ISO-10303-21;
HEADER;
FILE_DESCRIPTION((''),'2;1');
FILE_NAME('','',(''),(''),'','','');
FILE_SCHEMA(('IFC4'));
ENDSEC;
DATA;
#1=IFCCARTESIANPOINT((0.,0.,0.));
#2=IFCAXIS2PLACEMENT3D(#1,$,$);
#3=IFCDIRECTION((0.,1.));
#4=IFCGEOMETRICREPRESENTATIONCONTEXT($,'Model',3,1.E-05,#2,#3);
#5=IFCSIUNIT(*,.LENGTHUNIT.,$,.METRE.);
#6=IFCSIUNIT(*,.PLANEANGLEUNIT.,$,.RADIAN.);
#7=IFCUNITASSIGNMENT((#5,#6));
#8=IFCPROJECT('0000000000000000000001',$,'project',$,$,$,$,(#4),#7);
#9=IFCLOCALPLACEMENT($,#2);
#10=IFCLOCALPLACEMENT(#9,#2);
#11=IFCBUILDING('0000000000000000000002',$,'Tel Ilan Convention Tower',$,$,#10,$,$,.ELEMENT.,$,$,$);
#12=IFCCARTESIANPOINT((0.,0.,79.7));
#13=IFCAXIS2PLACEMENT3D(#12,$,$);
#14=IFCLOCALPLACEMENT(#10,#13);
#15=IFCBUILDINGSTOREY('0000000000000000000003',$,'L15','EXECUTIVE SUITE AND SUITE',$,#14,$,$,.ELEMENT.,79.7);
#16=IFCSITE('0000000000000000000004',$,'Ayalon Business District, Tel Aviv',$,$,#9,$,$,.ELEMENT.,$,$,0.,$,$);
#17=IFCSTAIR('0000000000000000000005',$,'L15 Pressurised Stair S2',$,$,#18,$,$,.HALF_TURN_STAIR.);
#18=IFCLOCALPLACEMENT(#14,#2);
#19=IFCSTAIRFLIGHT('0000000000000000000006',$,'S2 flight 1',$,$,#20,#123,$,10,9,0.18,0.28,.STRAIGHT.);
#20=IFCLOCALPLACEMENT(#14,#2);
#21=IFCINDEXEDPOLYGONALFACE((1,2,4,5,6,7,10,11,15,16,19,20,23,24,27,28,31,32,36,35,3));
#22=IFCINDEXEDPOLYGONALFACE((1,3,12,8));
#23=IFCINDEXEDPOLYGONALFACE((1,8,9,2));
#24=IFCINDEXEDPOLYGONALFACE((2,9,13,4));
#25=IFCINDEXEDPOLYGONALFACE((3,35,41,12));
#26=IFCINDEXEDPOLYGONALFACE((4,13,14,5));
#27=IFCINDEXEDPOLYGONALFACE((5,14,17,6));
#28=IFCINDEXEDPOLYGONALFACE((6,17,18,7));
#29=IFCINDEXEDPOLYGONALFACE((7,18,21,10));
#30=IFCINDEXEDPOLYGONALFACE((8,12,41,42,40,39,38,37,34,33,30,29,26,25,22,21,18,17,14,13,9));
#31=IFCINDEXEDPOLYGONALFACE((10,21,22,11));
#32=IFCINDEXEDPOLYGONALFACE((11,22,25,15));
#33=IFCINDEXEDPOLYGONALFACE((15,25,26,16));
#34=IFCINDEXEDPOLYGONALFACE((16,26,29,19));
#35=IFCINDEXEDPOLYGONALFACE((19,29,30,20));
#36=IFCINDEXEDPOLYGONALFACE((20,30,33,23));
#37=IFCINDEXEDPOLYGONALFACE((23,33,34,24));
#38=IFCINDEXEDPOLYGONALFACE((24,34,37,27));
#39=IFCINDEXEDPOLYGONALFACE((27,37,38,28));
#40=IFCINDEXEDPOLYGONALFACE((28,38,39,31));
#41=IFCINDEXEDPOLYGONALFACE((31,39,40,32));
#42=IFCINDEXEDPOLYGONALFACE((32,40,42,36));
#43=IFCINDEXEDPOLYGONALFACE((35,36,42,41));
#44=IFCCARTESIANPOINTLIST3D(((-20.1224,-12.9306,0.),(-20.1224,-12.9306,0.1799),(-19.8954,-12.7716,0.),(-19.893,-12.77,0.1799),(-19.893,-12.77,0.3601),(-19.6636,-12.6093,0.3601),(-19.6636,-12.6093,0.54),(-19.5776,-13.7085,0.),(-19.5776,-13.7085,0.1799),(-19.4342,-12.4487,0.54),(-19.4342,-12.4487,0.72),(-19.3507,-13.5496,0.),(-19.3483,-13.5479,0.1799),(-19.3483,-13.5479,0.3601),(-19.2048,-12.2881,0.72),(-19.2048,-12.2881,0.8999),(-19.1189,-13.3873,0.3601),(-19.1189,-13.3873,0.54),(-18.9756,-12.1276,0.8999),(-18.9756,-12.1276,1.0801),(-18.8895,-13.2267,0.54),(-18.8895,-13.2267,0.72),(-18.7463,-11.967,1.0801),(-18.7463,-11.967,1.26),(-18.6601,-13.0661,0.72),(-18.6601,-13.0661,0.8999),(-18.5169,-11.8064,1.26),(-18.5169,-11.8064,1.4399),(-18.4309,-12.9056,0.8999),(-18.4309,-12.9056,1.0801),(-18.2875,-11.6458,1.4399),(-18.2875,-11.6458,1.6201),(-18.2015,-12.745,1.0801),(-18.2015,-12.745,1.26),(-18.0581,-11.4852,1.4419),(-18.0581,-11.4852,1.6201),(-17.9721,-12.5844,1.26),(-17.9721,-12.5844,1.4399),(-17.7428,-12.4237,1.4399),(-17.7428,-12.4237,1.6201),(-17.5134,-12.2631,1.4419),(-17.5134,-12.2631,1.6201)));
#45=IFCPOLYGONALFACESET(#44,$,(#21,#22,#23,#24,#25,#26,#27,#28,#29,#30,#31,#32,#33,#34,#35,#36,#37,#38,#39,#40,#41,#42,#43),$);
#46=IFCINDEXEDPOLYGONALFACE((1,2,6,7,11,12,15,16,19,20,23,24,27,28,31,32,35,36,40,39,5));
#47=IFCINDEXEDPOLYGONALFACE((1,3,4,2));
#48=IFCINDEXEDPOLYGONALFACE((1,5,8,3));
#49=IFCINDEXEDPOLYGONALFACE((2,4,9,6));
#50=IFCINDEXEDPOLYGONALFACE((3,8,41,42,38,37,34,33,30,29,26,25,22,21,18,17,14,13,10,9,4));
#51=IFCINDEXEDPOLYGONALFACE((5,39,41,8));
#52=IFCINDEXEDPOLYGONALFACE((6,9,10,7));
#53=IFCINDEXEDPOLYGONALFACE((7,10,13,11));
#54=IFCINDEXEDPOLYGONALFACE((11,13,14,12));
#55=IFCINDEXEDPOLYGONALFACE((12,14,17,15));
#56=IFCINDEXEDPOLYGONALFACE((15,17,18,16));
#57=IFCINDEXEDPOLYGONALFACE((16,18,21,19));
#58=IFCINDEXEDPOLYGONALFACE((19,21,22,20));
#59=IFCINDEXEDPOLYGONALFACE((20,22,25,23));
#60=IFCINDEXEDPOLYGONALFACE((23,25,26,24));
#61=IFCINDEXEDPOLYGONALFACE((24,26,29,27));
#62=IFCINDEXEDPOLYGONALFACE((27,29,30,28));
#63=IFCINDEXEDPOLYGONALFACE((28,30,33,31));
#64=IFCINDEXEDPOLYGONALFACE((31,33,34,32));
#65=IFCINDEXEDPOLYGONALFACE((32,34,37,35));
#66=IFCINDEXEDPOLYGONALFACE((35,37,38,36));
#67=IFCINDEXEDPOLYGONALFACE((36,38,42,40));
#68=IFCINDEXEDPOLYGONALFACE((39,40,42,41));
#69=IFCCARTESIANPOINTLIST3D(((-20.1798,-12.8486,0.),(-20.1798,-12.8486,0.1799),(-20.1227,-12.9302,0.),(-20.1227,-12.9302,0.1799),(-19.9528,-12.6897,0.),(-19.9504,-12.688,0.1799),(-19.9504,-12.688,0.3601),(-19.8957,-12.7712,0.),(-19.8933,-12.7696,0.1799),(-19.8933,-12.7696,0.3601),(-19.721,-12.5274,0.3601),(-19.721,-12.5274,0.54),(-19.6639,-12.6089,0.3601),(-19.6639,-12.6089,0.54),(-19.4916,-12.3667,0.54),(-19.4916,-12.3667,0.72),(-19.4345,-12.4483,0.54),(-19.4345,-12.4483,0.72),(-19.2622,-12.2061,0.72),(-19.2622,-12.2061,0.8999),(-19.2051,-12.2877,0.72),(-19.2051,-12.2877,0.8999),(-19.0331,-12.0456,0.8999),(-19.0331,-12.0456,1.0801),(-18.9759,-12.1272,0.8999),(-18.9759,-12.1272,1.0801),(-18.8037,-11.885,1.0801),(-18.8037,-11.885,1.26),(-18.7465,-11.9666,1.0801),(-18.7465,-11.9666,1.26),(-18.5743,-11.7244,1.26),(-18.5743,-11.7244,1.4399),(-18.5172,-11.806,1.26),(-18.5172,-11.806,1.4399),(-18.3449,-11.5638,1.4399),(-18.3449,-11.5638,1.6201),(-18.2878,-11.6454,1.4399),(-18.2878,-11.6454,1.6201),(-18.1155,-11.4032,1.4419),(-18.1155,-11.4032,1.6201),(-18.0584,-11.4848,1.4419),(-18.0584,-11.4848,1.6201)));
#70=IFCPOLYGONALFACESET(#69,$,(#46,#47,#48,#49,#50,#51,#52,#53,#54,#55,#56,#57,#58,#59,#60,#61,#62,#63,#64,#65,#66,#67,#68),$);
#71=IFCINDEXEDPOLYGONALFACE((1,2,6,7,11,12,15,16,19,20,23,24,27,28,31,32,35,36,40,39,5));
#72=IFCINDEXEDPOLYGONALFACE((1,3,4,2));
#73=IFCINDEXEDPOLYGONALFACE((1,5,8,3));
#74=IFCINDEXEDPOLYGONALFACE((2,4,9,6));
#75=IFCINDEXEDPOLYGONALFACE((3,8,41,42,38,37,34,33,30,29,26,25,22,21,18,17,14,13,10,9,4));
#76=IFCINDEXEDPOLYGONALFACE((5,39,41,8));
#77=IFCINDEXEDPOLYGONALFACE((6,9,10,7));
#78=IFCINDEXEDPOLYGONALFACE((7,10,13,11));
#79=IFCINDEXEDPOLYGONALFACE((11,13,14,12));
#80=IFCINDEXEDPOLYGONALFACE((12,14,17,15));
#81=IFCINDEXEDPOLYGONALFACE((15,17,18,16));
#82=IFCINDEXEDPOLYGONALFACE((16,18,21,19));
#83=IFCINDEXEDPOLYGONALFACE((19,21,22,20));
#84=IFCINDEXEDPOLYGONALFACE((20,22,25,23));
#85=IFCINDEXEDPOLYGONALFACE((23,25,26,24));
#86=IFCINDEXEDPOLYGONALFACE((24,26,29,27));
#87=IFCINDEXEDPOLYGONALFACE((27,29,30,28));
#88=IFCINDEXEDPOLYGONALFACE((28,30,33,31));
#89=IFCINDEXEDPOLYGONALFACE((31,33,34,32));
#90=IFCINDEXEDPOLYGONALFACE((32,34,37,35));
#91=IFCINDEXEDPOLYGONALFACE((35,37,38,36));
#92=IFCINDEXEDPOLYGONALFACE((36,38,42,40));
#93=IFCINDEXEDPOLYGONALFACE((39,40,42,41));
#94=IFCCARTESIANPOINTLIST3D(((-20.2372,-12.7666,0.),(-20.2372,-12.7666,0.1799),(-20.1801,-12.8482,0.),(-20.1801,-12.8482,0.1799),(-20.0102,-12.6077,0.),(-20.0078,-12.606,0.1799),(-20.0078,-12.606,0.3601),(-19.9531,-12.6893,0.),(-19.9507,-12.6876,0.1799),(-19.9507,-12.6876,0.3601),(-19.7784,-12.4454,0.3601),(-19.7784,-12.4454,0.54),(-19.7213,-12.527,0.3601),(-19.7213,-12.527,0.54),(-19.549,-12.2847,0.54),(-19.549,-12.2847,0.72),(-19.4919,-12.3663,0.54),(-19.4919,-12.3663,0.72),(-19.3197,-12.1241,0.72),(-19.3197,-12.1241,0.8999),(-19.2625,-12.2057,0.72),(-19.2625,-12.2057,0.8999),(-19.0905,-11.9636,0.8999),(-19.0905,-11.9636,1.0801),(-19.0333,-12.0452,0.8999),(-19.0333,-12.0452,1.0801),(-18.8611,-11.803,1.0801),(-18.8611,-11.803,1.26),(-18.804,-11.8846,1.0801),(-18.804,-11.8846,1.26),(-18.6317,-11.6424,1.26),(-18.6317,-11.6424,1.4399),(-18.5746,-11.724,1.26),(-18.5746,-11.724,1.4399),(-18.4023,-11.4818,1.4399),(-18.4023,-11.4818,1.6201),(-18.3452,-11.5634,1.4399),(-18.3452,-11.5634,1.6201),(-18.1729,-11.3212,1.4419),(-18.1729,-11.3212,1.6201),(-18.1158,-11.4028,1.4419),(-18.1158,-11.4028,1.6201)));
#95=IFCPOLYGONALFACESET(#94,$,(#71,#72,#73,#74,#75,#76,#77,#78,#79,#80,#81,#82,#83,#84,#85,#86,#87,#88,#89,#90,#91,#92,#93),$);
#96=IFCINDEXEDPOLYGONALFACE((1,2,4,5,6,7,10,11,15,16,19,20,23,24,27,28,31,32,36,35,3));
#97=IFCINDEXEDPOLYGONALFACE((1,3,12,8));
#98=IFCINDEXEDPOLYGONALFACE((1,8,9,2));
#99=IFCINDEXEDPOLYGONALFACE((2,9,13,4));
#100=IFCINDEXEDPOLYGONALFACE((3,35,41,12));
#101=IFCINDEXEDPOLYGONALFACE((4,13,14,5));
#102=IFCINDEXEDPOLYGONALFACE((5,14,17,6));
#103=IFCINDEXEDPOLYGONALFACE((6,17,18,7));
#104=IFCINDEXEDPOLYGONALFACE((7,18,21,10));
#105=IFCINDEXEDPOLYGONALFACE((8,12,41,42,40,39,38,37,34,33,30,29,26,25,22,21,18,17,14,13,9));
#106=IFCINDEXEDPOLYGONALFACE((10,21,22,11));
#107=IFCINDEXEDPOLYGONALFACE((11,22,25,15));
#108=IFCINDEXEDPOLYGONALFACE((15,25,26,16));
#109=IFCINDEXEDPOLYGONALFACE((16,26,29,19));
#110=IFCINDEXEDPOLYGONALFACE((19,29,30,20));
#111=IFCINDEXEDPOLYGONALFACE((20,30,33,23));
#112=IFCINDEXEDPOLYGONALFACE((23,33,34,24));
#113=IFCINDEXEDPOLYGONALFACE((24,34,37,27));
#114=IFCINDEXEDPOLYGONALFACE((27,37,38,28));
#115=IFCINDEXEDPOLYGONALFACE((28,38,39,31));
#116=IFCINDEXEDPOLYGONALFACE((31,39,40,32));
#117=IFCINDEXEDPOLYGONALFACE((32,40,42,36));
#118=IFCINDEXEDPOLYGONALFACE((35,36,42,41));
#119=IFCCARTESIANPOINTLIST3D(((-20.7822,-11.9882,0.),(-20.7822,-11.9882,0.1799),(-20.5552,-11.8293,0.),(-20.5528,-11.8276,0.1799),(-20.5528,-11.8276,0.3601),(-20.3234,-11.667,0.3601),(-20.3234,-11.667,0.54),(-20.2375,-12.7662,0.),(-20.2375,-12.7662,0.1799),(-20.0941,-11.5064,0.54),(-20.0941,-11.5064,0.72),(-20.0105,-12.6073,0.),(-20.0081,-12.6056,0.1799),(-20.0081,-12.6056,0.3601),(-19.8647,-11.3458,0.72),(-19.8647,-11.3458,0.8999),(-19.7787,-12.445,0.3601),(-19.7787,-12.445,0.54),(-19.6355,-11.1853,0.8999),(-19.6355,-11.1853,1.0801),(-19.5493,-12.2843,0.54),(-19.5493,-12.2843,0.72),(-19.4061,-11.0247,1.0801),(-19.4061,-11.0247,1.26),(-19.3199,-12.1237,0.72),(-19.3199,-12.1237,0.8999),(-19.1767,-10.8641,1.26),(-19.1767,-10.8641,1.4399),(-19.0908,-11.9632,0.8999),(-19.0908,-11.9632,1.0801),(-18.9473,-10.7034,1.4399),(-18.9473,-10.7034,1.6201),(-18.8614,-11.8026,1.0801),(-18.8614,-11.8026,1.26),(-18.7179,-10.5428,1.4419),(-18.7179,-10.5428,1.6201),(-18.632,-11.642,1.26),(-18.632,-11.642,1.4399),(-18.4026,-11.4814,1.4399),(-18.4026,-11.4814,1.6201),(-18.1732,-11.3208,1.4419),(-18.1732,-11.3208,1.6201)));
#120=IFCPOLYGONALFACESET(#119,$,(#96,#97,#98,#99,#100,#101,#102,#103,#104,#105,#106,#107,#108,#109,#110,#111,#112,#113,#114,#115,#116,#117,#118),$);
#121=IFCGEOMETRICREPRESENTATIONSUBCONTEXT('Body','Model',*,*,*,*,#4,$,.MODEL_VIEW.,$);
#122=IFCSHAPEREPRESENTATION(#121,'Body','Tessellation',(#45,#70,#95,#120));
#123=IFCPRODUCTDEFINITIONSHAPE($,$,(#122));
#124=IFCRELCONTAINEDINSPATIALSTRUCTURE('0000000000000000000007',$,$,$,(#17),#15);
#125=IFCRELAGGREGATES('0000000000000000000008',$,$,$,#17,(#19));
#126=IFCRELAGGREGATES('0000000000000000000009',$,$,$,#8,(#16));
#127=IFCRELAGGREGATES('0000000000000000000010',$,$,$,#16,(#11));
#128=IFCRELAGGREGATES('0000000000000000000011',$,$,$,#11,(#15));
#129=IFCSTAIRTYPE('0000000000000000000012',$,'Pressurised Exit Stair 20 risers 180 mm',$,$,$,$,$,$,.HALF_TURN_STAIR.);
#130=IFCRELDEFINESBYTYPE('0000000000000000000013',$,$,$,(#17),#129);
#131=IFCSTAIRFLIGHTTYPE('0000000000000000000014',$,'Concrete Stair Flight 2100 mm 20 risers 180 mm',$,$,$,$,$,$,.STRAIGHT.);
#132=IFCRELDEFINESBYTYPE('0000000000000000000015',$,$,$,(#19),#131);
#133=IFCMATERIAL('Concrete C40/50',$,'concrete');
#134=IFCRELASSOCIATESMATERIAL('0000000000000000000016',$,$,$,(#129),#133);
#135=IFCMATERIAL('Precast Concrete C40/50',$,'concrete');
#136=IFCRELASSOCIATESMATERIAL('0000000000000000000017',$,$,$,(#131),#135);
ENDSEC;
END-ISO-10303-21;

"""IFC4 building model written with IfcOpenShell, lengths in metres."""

from ifc_helpers import new_model, si_unit, direction, frame, origin, place, context, subcontext, project, spatial, polyline, outline, extrude, material, type_object, element, aggregate, save


model = new_model("IFC4")

# Units and contexts
model_context = context("Model", 3, precision=1e-05, world=origin(), true_north=direction((0.0, 1.0)))
body_context = subcontext(model_context, "Body", "Model", "MODEL_VIEW")
ifc_project = project(units=[si_unit("LENGTHUNIT", "METRE"), si_unit("PLANEANGLEUNIT", "RADIAN")], contexts=[model_context])

# Site, building, storey
site_placement = place(None, origin())
site = spatial("IfcSite", under=ifc_project, at=site_placement, Name="Ayalon Business District, Tel Aviv", CompositionType="ELEMENT", RefElevation=0.0)
building_placement = place(site_placement, origin())
building = spatial("IfcBuilding", under=site, at=building_placement, Name="Tel Ilan Convention Tower", CompositionType="ELEMENT")
storey_placement = place(building_placement, frame((0.0, 0.0, 79.7)))
storey = spatial("IfcBuildingStorey", under=building, at=storey_placement, Name="L15", Description="EXECUTIVE SUITE AND SUITE", CompositionType="ELEMENT", Elevation=79.7)

# Stair, stair flight
ifc_material_1 = material(Name="Concrete C40/50", Category="concrete")
stair_type = type_object("IfcStairType", Name="Pressurised Exit Stair 20 risers 180 mm", PredefinedType="HALF_TURN_STAIR", material=ifc_material_1)
ifc_material_2 = material(Name="Precast Concrete C40/50", Category="concrete")
stair_flight_type = type_object("IfcStairFlightType", Name="Concrete Stair Flight 2100 mm 20 risers 180 mm", PredefinedType="STRAIGHT", material=ifc_material_2)
stair_1_placement = place(storey_placement, origin())
stair_1 = element("IfcStair", 1, at=stair_1_placement, inside=storey, type_object=stair_type, Name="L15 Pressurised Stair S2", PredefinedType="HALF_TURN_STAIR")
stair_flight_1_placement = place(storey_placement, frame((-20.1799, -12.8484, 0.0), z_axis=(0.0, 0.0, 1.0), x_axis=(0.819152, 0.573576, 0.0)))
stair_flight_1 = element("IfcStairFlight", 2, at=stair_flight_1_placement, type_object=stair_flight_type, Name="S2 flight 1", NumberOfRisers=10, NumberOfTreads=9, PredefinedType="STRAIGHT", RiserHeight=0.18, TreadLength=0.28, context=body_context, shape_type="SweptSolid", body=[
    extrude(outline(polyline([(0.0, 0.0), (0.0, 0.1799), (0.28, 0.1799), (0.28, 0.3601), (0.5601, 0.3601), (0.5601, 0.54), (0.8401, 0.54), (0.8401, 0.72), (1.1201, 0.72), (1.1201, 0.8999), (1.3999, 0.8999), (1.3999, 1.0801), (1.6799, 1.0801), (1.6799, 1.26), (1.96, 1.26), (1.96, 1.4399), (2.24, 1.4399), (2.24, 1.6201), (2.52, 1.6201), (2.52, 1.8), (2.52, 1.4419), (0.2771, 0.0), (0.0, 0.0)])), frame((0.0, -0.1003, 0.0), z_axis=(0.0, -1.0, 0.0), x_axis=(1.0, 0.0, 0.0)), (0.0, 0.0, 1.0), 0.9497),
    extrude(outline(polyline([(0.0, 0.0), (0.0, 0.1799), (0.28, 0.1799), (0.28, 0.3601), (0.5601, 0.3601), (0.5601, 0.54), (0.8401, 0.54), (0.8401, 0.72), (1.1201, 0.72), (1.1201, 0.8999), (1.3999, 0.8999), (1.3999, 1.0801), (1.6799, 1.0801), (1.6799, 1.26), (1.96, 1.26), (1.96, 1.4399), (2.24, 1.4399), (2.24, 1.6201), (2.52, 1.6201), (2.52, 1.8), (2.52, 1.4419), (0.2771, 0.0), (0.0, 0.0)])), frame((0.0, -0.0002, 0.0), z_axis=(0.0, -1.0, 0.0), x_axis=(1.0, 0.0, 0.0)), (0.0, 0.0, 1.0), 0.0996),
    extrude(outline(polyline([(0.0, 0.0), (0.0, 0.1799), (0.28, 0.1799), (0.28, 0.3601), (0.5601, 0.3601), (0.5601, 0.54), (0.8401, 0.54), (0.8401, 0.72), (1.1201, 0.72), (1.1201, 0.8999), (1.3999, 0.8999), (1.3999, 1.0801), (1.6799, 1.0801), (1.6799, 1.26), (1.96, 1.26), (1.96, 1.4399), (2.24, 1.4399), (2.24, 1.6201), (2.52, 1.6201), (2.52, 1.8), (2.52, 1.4419), (0.2771, 0.0), (0.0, 0.0)])), frame((0.0, 0.0999, 0.0), z_axis=(0.0, -1.0, 0.0), x_axis=(1.0, 0.0, 0.0)), (0.0, 0.0, 1.0), 0.0996),
    extrude(outline(polyline([(0.0, 0.0), (0.0, 0.1799), (0.28, 0.1799), (0.28, 0.3601), (0.5601, 0.3601), (0.5601, 0.54), (0.8401, 0.54), (0.8401, 0.72), (1.1201, 0.72), (1.1201, 0.8999), (1.3999, 0.8999), (1.3999, 1.0801), (1.6799, 1.0801), (1.6799, 1.26), (1.96, 1.26), (1.96, 1.4399), (2.24, 1.4399), (2.24, 1.6201), (2.52, 1.6201), (2.52, 1.8), (2.52, 1.4419), (0.2771, 0.0), (0.0, 0.0)])), frame((0.0, 1.05, 0.0), z_axis=(0.0, -1.0, 0.0), x_axis=(1.0, 0.0, 0.0)), (0.0, 0.0, 1.0), 0.9497),
])
aggregate(stair_1, [stair_flight_1])

save(model, "model.ifc")
